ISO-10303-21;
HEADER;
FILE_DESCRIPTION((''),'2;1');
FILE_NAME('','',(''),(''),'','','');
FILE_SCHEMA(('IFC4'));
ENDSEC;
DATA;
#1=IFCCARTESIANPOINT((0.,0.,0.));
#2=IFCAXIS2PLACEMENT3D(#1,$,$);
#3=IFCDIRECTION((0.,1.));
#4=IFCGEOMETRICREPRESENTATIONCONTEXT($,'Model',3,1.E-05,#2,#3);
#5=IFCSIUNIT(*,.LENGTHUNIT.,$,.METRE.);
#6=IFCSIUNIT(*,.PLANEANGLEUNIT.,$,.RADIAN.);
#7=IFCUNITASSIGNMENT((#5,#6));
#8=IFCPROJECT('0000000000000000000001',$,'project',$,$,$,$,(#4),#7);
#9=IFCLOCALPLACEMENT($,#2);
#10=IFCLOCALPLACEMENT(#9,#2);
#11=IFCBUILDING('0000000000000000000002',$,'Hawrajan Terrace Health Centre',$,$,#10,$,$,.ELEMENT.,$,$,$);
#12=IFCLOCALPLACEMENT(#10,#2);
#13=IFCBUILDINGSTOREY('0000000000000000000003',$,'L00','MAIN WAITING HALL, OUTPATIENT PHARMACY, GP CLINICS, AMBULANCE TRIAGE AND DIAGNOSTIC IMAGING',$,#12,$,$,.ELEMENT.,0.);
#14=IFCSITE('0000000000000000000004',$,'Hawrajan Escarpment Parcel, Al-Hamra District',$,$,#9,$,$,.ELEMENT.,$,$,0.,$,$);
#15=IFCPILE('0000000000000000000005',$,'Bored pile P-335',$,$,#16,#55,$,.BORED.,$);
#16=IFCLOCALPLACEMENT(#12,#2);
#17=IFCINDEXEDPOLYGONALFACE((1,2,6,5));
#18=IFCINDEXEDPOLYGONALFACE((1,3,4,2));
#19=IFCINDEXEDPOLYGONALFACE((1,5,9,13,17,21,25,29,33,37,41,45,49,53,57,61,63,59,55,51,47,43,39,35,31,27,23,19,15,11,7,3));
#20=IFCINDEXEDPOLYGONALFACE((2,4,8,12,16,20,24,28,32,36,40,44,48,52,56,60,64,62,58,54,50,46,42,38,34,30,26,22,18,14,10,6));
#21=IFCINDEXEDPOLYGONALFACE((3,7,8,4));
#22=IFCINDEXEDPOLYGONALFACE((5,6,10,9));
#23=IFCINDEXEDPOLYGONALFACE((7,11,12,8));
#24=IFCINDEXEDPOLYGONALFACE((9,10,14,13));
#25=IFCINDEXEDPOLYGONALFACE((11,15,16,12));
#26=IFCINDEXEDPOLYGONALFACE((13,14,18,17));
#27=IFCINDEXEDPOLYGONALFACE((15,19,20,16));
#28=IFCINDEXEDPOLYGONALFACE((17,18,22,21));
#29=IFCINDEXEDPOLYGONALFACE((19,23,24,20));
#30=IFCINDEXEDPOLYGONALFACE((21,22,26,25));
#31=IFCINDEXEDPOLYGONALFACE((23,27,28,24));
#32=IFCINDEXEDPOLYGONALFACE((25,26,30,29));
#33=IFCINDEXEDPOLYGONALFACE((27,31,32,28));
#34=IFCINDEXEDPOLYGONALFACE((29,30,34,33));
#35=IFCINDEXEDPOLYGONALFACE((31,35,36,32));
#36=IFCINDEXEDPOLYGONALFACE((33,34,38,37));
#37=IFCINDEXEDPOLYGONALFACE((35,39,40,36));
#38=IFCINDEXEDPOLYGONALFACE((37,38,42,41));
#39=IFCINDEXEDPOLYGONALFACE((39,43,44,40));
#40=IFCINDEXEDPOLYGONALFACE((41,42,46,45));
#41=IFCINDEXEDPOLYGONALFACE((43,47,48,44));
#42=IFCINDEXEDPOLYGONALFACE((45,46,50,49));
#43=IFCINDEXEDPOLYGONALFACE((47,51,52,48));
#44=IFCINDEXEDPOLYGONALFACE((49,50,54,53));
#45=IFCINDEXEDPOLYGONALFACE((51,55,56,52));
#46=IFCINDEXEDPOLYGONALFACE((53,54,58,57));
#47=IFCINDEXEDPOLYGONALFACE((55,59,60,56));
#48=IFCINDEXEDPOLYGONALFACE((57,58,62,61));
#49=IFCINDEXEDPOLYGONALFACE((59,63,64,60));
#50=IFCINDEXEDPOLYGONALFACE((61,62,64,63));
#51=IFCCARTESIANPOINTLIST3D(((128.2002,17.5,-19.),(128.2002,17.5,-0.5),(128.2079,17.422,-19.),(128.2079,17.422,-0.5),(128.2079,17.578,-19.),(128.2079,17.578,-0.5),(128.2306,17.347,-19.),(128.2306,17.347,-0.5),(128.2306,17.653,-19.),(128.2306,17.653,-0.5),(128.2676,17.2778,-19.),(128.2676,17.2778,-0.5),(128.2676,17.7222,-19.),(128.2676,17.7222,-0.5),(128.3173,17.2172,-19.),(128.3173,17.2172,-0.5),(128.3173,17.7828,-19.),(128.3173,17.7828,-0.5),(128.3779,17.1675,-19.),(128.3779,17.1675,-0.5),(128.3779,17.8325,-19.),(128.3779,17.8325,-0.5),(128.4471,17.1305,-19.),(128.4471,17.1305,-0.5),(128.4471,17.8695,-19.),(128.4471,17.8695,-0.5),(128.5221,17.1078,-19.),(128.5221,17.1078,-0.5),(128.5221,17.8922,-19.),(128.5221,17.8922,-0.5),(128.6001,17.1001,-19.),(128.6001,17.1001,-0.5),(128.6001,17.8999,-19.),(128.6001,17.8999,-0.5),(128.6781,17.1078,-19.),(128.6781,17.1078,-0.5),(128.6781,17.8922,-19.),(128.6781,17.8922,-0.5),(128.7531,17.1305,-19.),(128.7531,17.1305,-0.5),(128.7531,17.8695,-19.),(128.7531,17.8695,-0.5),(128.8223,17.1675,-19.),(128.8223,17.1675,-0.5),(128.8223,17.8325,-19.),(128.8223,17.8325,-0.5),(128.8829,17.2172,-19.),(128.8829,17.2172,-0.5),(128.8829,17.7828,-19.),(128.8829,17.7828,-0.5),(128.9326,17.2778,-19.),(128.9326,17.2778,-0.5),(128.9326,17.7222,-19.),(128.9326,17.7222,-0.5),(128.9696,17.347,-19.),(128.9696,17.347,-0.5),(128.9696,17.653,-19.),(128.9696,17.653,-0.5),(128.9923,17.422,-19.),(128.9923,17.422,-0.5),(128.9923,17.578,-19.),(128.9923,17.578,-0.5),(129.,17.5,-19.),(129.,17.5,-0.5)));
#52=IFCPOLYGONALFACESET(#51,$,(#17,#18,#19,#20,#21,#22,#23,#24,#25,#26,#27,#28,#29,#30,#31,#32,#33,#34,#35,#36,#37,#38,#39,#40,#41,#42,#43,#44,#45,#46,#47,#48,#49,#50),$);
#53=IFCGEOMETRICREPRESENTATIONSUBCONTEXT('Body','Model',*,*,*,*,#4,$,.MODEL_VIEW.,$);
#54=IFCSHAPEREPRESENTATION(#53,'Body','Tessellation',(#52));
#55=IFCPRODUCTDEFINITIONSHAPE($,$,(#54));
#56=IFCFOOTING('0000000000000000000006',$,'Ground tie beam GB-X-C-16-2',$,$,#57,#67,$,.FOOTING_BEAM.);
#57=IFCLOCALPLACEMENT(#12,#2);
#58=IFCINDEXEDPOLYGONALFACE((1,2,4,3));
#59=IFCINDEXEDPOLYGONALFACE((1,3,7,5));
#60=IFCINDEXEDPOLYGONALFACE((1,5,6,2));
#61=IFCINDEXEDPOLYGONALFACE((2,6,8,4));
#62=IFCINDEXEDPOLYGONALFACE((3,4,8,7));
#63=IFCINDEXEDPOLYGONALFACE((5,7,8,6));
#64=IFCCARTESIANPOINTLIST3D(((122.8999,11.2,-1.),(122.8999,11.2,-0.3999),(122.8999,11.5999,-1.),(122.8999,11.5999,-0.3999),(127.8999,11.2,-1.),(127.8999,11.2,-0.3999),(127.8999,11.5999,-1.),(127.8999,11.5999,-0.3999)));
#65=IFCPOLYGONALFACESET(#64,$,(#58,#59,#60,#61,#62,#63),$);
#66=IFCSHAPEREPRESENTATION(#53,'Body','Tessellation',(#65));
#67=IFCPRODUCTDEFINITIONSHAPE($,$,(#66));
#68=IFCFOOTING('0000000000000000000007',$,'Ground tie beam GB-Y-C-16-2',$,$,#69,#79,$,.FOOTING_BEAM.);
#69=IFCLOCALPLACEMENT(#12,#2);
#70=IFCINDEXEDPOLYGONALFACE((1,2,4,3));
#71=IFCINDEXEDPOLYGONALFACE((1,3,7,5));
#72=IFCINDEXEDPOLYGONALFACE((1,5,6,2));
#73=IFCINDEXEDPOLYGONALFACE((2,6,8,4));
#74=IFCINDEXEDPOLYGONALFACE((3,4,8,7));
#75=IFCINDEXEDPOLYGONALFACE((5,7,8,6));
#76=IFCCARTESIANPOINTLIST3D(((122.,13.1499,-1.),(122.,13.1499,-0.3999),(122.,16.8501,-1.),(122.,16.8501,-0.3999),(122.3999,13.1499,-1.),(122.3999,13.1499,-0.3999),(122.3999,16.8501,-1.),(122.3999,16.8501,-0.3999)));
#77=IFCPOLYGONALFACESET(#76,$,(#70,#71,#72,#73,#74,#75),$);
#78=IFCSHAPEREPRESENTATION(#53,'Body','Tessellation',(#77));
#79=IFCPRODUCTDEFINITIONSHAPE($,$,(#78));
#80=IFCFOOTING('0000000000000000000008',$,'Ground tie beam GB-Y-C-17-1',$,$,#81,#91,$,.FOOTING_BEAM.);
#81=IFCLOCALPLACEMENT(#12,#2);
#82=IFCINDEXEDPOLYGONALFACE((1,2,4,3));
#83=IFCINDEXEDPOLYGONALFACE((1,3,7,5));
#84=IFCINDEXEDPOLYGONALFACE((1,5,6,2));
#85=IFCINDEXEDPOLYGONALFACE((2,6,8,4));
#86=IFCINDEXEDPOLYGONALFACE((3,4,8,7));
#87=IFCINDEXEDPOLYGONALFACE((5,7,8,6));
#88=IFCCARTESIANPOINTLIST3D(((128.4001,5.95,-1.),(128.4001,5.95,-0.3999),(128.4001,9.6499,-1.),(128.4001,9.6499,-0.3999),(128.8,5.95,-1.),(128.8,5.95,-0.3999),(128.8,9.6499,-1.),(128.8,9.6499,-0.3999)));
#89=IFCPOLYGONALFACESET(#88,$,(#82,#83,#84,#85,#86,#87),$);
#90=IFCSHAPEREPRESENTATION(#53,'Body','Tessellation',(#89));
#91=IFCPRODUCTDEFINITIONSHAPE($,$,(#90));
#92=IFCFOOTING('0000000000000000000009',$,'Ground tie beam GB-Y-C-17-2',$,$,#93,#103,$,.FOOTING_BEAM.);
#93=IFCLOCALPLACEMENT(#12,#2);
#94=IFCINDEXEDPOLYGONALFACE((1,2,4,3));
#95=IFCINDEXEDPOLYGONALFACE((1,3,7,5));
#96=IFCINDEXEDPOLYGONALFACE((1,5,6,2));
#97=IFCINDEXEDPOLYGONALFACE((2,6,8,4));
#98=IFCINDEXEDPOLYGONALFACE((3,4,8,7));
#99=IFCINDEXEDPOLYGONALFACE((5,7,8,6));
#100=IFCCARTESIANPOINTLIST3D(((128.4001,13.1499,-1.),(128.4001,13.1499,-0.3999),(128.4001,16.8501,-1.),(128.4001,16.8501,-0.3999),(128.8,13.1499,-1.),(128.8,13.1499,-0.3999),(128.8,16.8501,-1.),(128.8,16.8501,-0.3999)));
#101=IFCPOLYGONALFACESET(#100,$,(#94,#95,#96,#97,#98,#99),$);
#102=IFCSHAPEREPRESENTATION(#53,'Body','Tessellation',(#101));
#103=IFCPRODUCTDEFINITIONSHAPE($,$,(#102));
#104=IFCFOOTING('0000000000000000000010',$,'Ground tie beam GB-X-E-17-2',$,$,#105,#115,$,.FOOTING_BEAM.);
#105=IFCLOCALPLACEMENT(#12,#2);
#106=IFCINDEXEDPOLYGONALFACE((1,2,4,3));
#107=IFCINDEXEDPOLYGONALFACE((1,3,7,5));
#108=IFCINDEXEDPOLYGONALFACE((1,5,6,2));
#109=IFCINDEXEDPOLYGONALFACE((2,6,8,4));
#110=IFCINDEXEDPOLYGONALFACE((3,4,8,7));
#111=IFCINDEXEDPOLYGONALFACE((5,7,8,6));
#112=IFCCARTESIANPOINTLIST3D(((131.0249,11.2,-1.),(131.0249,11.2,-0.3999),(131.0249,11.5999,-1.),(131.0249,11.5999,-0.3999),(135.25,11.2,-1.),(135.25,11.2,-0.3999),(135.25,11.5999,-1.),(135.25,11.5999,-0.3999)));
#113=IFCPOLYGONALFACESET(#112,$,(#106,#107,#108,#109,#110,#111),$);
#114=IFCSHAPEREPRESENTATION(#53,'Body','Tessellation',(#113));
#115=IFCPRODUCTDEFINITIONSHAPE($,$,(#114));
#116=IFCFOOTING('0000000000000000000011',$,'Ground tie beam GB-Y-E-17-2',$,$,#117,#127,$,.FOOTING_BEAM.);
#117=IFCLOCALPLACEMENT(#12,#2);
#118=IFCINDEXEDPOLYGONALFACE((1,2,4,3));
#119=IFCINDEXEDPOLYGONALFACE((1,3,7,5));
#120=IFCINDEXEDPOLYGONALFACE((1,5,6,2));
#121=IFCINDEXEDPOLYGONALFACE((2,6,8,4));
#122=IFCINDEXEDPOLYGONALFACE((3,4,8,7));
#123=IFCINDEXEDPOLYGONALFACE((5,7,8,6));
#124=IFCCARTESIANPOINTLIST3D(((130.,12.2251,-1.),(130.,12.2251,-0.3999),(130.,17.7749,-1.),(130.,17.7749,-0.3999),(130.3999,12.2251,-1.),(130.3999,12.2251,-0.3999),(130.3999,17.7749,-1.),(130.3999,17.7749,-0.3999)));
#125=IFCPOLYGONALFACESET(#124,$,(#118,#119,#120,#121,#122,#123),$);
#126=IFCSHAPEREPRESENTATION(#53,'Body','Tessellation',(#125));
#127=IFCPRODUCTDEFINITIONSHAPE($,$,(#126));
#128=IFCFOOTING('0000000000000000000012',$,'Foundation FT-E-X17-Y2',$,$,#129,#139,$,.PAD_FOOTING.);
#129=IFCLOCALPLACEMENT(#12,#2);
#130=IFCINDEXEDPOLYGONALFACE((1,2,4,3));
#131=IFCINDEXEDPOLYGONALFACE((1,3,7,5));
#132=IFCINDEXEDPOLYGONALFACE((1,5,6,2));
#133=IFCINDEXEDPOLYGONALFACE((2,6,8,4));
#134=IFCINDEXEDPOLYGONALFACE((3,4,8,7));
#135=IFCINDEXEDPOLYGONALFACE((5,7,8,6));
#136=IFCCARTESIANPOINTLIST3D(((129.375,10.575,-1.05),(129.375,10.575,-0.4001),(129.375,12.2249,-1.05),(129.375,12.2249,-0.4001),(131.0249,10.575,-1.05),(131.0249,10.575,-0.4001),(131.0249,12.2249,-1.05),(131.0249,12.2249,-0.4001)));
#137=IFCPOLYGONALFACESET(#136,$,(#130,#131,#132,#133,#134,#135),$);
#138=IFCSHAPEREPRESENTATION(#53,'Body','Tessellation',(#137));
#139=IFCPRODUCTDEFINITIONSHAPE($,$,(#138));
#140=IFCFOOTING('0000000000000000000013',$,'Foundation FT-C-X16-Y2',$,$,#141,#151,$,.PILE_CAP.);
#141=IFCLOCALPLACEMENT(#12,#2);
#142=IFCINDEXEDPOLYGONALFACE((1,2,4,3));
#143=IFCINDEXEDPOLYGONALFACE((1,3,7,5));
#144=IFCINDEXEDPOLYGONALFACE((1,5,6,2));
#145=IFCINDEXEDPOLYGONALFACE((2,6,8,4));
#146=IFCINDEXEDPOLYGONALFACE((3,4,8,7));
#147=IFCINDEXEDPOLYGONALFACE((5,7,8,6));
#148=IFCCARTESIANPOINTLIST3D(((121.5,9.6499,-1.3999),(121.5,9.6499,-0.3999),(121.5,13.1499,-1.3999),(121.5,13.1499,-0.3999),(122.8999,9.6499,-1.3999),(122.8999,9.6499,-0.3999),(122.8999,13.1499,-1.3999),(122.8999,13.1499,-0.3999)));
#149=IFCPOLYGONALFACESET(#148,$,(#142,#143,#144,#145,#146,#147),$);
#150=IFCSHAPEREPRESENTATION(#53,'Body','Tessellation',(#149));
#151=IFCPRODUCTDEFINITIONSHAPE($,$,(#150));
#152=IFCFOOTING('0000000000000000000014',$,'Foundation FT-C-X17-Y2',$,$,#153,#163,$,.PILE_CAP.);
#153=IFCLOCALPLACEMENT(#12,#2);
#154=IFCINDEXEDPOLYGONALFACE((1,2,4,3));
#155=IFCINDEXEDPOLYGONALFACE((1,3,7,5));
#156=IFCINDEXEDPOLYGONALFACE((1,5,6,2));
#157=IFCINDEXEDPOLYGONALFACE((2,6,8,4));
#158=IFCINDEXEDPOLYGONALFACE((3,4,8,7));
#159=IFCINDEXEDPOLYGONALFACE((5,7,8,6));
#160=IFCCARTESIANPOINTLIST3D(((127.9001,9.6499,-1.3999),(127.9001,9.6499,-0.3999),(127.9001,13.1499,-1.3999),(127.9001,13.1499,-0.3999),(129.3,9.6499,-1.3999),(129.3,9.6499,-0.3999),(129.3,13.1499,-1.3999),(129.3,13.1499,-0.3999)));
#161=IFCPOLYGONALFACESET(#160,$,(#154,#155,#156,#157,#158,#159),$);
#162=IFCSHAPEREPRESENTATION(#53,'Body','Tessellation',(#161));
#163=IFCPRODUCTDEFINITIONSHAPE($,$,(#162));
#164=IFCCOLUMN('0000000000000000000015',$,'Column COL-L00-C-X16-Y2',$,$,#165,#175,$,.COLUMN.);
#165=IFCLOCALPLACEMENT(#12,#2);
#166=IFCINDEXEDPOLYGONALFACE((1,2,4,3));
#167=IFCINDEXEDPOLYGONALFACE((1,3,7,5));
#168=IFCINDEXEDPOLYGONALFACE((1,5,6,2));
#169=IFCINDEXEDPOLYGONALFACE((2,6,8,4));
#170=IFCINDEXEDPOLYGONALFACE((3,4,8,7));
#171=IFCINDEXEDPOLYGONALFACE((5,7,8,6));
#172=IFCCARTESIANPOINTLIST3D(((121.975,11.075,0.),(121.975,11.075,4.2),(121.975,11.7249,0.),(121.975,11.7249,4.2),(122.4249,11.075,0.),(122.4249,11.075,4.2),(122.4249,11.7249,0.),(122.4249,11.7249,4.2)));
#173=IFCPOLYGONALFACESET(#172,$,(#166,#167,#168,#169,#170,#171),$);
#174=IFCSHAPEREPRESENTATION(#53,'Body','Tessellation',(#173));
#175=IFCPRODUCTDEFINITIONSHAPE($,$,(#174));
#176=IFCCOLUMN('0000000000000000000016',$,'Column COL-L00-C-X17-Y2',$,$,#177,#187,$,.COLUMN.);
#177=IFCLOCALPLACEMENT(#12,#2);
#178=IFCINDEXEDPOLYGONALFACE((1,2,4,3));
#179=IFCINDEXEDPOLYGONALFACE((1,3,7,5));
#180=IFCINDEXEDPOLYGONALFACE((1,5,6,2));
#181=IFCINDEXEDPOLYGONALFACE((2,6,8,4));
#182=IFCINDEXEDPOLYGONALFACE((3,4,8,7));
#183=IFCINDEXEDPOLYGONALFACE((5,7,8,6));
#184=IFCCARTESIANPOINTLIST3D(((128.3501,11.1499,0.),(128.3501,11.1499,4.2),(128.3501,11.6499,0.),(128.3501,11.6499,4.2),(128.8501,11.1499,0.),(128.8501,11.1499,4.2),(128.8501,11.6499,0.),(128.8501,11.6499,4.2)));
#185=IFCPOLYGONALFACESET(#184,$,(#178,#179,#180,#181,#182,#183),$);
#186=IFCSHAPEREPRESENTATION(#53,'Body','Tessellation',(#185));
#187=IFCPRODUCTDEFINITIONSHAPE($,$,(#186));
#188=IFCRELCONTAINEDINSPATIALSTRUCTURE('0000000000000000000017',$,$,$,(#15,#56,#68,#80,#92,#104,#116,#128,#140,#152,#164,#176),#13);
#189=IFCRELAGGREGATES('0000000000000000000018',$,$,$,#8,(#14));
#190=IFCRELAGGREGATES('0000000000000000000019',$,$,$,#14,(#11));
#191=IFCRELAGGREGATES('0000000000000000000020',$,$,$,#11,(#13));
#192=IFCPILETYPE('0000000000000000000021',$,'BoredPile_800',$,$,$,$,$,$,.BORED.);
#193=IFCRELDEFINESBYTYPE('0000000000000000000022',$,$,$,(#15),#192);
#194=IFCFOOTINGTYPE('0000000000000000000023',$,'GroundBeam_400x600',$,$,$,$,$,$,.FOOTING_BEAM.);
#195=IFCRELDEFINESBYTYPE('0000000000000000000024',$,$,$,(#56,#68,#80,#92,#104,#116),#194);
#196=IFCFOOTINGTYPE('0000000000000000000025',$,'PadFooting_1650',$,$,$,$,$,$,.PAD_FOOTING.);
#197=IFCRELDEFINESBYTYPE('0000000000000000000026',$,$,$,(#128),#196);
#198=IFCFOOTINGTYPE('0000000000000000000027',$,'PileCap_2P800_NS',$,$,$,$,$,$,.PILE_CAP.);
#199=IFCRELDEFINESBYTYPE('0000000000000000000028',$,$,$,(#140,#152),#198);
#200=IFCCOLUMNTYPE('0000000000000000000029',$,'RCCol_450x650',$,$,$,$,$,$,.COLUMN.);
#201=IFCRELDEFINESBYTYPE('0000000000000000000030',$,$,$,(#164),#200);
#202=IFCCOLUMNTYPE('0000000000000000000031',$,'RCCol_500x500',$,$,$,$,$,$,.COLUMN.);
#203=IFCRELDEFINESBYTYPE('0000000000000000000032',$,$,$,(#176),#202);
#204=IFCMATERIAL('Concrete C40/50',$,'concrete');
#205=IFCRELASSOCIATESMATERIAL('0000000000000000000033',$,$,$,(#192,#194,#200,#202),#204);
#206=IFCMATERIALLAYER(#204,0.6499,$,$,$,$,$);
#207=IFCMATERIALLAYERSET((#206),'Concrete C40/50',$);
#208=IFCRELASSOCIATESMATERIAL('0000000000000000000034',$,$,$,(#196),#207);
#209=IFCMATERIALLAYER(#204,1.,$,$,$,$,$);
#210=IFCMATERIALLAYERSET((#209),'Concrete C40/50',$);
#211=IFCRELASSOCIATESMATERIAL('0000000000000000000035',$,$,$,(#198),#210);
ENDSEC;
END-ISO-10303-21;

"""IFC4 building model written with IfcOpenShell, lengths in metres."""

from ifc_helpers import new_model, si_unit, direction, frame, origin, origin_2d, place, context, subcontext, project, spatial, rectangle, circle, extrude, material, layer, layer_set, material_profile, profile_set, type_object, element, save


model = new_model("IFC4")

# Units and contexts
model_context = context("Model", 3, precision=1e-05, world=origin(), true_north=direction((0.0, 1.0)))
body_context = subcontext(model_context, "Body", "Model", "MODEL_VIEW")
ifc_project = project(units=[si_unit("LENGTHUNIT", "METRE"), si_unit("PLANEANGLEUNIT", "RADIAN")], contexts=[model_context])

# Site, building, storey
site_placement = place(None, origin())
site = spatial("IfcSite", under=ifc_project, at=site_placement, Name="Hawrajan Escarpment Parcel, Al-Hamra District", CompositionType="ELEMENT", RefElevation=0.0)
building_placement = place(site_placement, origin())
building = spatial("IfcBuilding", under=site, at=building_placement, Name="Hawrajan Terrace Health Centre", CompositionType="ELEMENT")
storey_placement = place(building_placement, origin())
storey = spatial("IfcBuildingStorey", under=building, at=storey_placement, Name="L00", Description="MAIN WAITING HALL, OUTPATIENT PHARMACY, GP CLINICS, AMBULANCE TRIAGE AND DIAGNOSTIC IMAGING", CompositionType="ELEMENT", Elevation=0.0)

# Pile
ifc_material_1 = material(Name="Concrete C40/50", Category="concrete")
ifc_material_profile_1 = material_profile(ifc_material_1, circle(Radius=0.3999, at=origin_2d()), Name="BP 800")
ifc_profile_set_1 = profile_set([ifc_material_profile_1], Name="Concrete C40/50")
pile_type = type_object("IfcPileType", Name="BoredPile_800", PredefinedType="BORED", material=ifc_profile_set_1)
for number, where, z_axis, x_axis, name in (
    (1, (128.6001, 17.5, -0.5), (0.0, 0.0, -1.0), (1.0, 0.0, 0.0), "Bored pile P-335"),
):
    element("IfcPile", number, at=place(storey_placement, frame(where, z_axis=z_axis, x_axis=x_axis)), inside=storey, type_object=pile_type, Name=name, PredefinedType="BORED", context=body_context, shape_type="SweptSolid", body=[
        extrude(circle(Radius=0.3999, at=origin_2d()), origin(), (0.0, 0.0, 1.0), 18.5),
    ])

# Footings
ifc_material_profile_2 = material_profile(ifc_material_1, rectangle(XDim=0.3999, YDim=0.6001, at=origin_2d()), Name="RC BM 400x600")
ifc_profile_set_2 = profile_set([ifc_material_profile_2], Name="Concrete C40/50")
footing_type_1 = type_object("IfcFootingType", Name="GroundBeam_400x600", PredefinedType="FOOTING_BEAM", material=ifc_profile_set_2)
footing_1_placement = place(storey_placement, frame((122.8999, 11.3999, -0.7), z_axis=(1.0, 0.0, 0.0), x_axis=(0.0, 1.0, 0.0)))
element("IfcFooting", 2, at=footing_1_placement, inside=storey, type_object=footing_type_1, Name="Ground tie beam GB-X-C-16-2", PredefinedType="FOOTING_BEAM", context=body_context, shape_type="SweptSolid", body=[
    extrude(rectangle(XDim=0.3999, YDim=0.6001, at=origin_2d()), origin(), (0.0, 0.0, 1.0), 5.0),
])
footing_2_placement = place(storey_placement, frame((122.2, 13.1499, -0.7), z_axis=(0.0, 1.0, 0.0), x_axis=(-1.0, 0.0, 0.0)))
element("IfcFooting", 3, at=footing_2_placement, inside=storey, type_object=footing_type_1, Name="Ground tie beam GB-Y-C-16-2", PredefinedType="FOOTING_BEAM", context=body_context, shape_type="SweptSolid", body=[
    extrude(rectangle(XDim=0.3999, YDim=0.6001, at=origin_2d()), origin(), (0.0, 0.0, 1.0), 3.7002),
])
footing_3_placement = place(storey_placement, frame((128.6001, 5.95, -0.7), z_axis=(0.0, 1.0, 0.0), x_axis=(-1.0, 0.0, 0.0)))
element("IfcFooting", 4, at=footing_3_placement, inside=storey, type_object=footing_type_1, Name="Ground tie beam GB-Y-C-17-1", PredefinedType="FOOTING_BEAM", context=body_context, shape_type="SweptSolid", body=[
    extrude(rectangle(XDim=0.3999, YDim=0.6001, at=origin_2d()), origin(), (0.0, 0.0, 1.0), 3.7),
])
footing_4_placement = place(storey_placement, frame((128.6001, 13.1499, -0.7), z_axis=(0.0, 1.0, 0.0), x_axis=(-1.0, 0.0, 0.0)))
element("IfcFooting", 5, at=footing_4_placement, inside=storey, type_object=footing_type_1, Name="Ground tie beam GB-Y-C-17-2", PredefinedType="FOOTING_BEAM", context=body_context, shape_type="SweptSolid", body=[
    extrude(rectangle(XDim=0.3999, YDim=0.6001, at=origin_2d()), origin(), (0.0, 0.0, 1.0), 3.7002),
])
footing_5_placement = place(storey_placement, frame((131.0249, 11.3999, -0.7), z_axis=(1.0, 0.0, 0.0), x_axis=(0.0, 1.0, 0.0)))
element("IfcFooting", 6, at=footing_5_placement, inside=storey, type_object=footing_type_1, Name="Ground tie beam GB-X-E-17-2", PredefinedType="FOOTING_BEAM", context=body_context, shape_type="SweptSolid", body=[
    extrude(rectangle(XDim=0.3999, YDim=0.6001, at=origin_2d()), origin(), (0.0, 0.0, 1.0), 4.2251),
])
footing_6_placement = place(storey_placement, frame((130.2, 12.2251, -0.7), z_axis=(0.0, 1.0, 0.0), x_axis=(-1.0, 0.0, 0.0)))
element("IfcFooting", 7, at=footing_6_placement, inside=storey, type_object=footing_type_1, Name="Ground tie beam GB-Y-E-17-2", PredefinedType="FOOTING_BEAM", context=body_context, shape_type="SweptSolid", body=[
    extrude(rectangle(XDim=0.3999, YDim=0.6001, at=origin_2d()), origin(), (0.0, 0.0, 1.0), 5.5498),
])
ifc_layer_1 = layer(ifc_material_1, 0.6499)
ifc_layer_set_1 = layer_set([ifc_layer_1], Name="Concrete C40/50")
footing_type_2 = type_object("IfcFootingType", Name="PadFooting_1650", PredefinedType="PAD_FOOTING", material=ifc_layer_set_1)
footing_7_placement = place(storey_placement, frame((130.2, 11.3999, -1.05), z_axis=(0.0, 0.0, 1.0), x_axis=(1.0, 0.0, 0.0)))
element("IfcFooting", 8, at=footing_7_placement, inside=storey, type_object=footing_type_2, Name="Foundation FT-E-X17-Y2", PredefinedType="PAD_FOOTING", context=body_context, shape_type="SweptSolid", body=[
    extrude(rectangle(XDim=1.6499, YDim=1.6499, at=origin_2d()), origin(), (0.0, 0.0, 1.0), 0.6499),
])
ifc_layer_2 = layer(ifc_material_1, 1.0)
ifc_layer_set_2 = layer_set([ifc_layer_2], Name="Concrete C40/50")
footing_type_3 = type_object("IfcFootingType", Name="PileCap_2P800_NS", PredefinedType="PILE_CAP", material=ifc_layer_set_2)
for number, where, z_axis, x_axis, name in (
    (9, (122.2, 11.3999, -1.3999), (0.0, 0.0, 1.0), (1.0, 0.0, 0.0), "Foundation FT-C-X16-Y2"),
    (10, (128.6001, 11.3999, -1.3999), (0.0, 0.0, 1.0), (1.0, 0.0, 0.0), "Foundation FT-C-X17-Y2"),
):
    element("IfcFooting", number, at=place(storey_placement, frame(where, z_axis=z_axis, x_axis=x_axis)), inside=storey, type_object=footing_type_3, Name=name, PredefinedType="PILE_CAP", context=body_context, shape_type="SweptSolid", body=[
        extrude(rectangle(XDim=1.3999, YDim=3.5, at=origin_2d()), origin(), (0.0, 0.0, 1.0), 1.0),
    ])

# Columns
ifc_material_profile_3 = material_profile(ifc_material_1, rectangle(XDim=0.45, YDim=0.6499, at=origin_2d()), Name="RC 450x650")
ifc_profile_set_3 = profile_set([ifc_material_profile_3], Name="Concrete C40/50")
column_type_1 = type_object("IfcColumnType", Name="RCCol_450x650", PredefinedType="COLUMN", material=ifc_profile_set_3)
column_1_placement = place(storey_placement, frame((122.2, 11.3999, 0.0), z_axis=(0.0, 0.0, 1.0), x_axis=(1.0, 0.0, 0.0)))
element("IfcColumn", 11, at=column_1_placement, inside=storey, type_object=column_type_1, Name="Column COL-L00-C-X16-Y2", PredefinedType="COLUMN", context=body_context, shape_type="SweptSolid", body=[
    extrude(rectangle(XDim=0.45, YDim=0.6499, at=origin_2d()), origin(), (0.0, 0.0, 1.0), 4.2),
])
ifc_material_profile_4 = material_profile(ifc_material_1, rectangle(XDim=0.5, YDim=0.5, at=origin_2d()), Name="RC 500x500")
ifc_profile_set_4 = profile_set([ifc_material_profile_4], Name="Concrete C40/50")
column_type_2 = type_object("IfcColumnType", Name="RCCol_500x500", PredefinedType="COLUMN", material=ifc_profile_set_4)
column_2_placement = place(storey_placement, frame((128.6001, 11.3999, 0.0), z_axis=(0.0, 0.0, 1.0), x_axis=(1.0, 0.0, 0.0)))
element("IfcColumn", 12, at=column_2_placement, inside=storey, type_object=column_type_2, Name="Column COL-L00-C-X17-Y2", PredefinedType="COLUMN", context=body_context, shape_type="SweptSolid", body=[
    extrude(rectangle(XDim=0.5, YDim=0.5, at=origin_2d()), origin(), (0.0, 0.0, 1.0), 4.2),
])

save(model, "model.ifc")
